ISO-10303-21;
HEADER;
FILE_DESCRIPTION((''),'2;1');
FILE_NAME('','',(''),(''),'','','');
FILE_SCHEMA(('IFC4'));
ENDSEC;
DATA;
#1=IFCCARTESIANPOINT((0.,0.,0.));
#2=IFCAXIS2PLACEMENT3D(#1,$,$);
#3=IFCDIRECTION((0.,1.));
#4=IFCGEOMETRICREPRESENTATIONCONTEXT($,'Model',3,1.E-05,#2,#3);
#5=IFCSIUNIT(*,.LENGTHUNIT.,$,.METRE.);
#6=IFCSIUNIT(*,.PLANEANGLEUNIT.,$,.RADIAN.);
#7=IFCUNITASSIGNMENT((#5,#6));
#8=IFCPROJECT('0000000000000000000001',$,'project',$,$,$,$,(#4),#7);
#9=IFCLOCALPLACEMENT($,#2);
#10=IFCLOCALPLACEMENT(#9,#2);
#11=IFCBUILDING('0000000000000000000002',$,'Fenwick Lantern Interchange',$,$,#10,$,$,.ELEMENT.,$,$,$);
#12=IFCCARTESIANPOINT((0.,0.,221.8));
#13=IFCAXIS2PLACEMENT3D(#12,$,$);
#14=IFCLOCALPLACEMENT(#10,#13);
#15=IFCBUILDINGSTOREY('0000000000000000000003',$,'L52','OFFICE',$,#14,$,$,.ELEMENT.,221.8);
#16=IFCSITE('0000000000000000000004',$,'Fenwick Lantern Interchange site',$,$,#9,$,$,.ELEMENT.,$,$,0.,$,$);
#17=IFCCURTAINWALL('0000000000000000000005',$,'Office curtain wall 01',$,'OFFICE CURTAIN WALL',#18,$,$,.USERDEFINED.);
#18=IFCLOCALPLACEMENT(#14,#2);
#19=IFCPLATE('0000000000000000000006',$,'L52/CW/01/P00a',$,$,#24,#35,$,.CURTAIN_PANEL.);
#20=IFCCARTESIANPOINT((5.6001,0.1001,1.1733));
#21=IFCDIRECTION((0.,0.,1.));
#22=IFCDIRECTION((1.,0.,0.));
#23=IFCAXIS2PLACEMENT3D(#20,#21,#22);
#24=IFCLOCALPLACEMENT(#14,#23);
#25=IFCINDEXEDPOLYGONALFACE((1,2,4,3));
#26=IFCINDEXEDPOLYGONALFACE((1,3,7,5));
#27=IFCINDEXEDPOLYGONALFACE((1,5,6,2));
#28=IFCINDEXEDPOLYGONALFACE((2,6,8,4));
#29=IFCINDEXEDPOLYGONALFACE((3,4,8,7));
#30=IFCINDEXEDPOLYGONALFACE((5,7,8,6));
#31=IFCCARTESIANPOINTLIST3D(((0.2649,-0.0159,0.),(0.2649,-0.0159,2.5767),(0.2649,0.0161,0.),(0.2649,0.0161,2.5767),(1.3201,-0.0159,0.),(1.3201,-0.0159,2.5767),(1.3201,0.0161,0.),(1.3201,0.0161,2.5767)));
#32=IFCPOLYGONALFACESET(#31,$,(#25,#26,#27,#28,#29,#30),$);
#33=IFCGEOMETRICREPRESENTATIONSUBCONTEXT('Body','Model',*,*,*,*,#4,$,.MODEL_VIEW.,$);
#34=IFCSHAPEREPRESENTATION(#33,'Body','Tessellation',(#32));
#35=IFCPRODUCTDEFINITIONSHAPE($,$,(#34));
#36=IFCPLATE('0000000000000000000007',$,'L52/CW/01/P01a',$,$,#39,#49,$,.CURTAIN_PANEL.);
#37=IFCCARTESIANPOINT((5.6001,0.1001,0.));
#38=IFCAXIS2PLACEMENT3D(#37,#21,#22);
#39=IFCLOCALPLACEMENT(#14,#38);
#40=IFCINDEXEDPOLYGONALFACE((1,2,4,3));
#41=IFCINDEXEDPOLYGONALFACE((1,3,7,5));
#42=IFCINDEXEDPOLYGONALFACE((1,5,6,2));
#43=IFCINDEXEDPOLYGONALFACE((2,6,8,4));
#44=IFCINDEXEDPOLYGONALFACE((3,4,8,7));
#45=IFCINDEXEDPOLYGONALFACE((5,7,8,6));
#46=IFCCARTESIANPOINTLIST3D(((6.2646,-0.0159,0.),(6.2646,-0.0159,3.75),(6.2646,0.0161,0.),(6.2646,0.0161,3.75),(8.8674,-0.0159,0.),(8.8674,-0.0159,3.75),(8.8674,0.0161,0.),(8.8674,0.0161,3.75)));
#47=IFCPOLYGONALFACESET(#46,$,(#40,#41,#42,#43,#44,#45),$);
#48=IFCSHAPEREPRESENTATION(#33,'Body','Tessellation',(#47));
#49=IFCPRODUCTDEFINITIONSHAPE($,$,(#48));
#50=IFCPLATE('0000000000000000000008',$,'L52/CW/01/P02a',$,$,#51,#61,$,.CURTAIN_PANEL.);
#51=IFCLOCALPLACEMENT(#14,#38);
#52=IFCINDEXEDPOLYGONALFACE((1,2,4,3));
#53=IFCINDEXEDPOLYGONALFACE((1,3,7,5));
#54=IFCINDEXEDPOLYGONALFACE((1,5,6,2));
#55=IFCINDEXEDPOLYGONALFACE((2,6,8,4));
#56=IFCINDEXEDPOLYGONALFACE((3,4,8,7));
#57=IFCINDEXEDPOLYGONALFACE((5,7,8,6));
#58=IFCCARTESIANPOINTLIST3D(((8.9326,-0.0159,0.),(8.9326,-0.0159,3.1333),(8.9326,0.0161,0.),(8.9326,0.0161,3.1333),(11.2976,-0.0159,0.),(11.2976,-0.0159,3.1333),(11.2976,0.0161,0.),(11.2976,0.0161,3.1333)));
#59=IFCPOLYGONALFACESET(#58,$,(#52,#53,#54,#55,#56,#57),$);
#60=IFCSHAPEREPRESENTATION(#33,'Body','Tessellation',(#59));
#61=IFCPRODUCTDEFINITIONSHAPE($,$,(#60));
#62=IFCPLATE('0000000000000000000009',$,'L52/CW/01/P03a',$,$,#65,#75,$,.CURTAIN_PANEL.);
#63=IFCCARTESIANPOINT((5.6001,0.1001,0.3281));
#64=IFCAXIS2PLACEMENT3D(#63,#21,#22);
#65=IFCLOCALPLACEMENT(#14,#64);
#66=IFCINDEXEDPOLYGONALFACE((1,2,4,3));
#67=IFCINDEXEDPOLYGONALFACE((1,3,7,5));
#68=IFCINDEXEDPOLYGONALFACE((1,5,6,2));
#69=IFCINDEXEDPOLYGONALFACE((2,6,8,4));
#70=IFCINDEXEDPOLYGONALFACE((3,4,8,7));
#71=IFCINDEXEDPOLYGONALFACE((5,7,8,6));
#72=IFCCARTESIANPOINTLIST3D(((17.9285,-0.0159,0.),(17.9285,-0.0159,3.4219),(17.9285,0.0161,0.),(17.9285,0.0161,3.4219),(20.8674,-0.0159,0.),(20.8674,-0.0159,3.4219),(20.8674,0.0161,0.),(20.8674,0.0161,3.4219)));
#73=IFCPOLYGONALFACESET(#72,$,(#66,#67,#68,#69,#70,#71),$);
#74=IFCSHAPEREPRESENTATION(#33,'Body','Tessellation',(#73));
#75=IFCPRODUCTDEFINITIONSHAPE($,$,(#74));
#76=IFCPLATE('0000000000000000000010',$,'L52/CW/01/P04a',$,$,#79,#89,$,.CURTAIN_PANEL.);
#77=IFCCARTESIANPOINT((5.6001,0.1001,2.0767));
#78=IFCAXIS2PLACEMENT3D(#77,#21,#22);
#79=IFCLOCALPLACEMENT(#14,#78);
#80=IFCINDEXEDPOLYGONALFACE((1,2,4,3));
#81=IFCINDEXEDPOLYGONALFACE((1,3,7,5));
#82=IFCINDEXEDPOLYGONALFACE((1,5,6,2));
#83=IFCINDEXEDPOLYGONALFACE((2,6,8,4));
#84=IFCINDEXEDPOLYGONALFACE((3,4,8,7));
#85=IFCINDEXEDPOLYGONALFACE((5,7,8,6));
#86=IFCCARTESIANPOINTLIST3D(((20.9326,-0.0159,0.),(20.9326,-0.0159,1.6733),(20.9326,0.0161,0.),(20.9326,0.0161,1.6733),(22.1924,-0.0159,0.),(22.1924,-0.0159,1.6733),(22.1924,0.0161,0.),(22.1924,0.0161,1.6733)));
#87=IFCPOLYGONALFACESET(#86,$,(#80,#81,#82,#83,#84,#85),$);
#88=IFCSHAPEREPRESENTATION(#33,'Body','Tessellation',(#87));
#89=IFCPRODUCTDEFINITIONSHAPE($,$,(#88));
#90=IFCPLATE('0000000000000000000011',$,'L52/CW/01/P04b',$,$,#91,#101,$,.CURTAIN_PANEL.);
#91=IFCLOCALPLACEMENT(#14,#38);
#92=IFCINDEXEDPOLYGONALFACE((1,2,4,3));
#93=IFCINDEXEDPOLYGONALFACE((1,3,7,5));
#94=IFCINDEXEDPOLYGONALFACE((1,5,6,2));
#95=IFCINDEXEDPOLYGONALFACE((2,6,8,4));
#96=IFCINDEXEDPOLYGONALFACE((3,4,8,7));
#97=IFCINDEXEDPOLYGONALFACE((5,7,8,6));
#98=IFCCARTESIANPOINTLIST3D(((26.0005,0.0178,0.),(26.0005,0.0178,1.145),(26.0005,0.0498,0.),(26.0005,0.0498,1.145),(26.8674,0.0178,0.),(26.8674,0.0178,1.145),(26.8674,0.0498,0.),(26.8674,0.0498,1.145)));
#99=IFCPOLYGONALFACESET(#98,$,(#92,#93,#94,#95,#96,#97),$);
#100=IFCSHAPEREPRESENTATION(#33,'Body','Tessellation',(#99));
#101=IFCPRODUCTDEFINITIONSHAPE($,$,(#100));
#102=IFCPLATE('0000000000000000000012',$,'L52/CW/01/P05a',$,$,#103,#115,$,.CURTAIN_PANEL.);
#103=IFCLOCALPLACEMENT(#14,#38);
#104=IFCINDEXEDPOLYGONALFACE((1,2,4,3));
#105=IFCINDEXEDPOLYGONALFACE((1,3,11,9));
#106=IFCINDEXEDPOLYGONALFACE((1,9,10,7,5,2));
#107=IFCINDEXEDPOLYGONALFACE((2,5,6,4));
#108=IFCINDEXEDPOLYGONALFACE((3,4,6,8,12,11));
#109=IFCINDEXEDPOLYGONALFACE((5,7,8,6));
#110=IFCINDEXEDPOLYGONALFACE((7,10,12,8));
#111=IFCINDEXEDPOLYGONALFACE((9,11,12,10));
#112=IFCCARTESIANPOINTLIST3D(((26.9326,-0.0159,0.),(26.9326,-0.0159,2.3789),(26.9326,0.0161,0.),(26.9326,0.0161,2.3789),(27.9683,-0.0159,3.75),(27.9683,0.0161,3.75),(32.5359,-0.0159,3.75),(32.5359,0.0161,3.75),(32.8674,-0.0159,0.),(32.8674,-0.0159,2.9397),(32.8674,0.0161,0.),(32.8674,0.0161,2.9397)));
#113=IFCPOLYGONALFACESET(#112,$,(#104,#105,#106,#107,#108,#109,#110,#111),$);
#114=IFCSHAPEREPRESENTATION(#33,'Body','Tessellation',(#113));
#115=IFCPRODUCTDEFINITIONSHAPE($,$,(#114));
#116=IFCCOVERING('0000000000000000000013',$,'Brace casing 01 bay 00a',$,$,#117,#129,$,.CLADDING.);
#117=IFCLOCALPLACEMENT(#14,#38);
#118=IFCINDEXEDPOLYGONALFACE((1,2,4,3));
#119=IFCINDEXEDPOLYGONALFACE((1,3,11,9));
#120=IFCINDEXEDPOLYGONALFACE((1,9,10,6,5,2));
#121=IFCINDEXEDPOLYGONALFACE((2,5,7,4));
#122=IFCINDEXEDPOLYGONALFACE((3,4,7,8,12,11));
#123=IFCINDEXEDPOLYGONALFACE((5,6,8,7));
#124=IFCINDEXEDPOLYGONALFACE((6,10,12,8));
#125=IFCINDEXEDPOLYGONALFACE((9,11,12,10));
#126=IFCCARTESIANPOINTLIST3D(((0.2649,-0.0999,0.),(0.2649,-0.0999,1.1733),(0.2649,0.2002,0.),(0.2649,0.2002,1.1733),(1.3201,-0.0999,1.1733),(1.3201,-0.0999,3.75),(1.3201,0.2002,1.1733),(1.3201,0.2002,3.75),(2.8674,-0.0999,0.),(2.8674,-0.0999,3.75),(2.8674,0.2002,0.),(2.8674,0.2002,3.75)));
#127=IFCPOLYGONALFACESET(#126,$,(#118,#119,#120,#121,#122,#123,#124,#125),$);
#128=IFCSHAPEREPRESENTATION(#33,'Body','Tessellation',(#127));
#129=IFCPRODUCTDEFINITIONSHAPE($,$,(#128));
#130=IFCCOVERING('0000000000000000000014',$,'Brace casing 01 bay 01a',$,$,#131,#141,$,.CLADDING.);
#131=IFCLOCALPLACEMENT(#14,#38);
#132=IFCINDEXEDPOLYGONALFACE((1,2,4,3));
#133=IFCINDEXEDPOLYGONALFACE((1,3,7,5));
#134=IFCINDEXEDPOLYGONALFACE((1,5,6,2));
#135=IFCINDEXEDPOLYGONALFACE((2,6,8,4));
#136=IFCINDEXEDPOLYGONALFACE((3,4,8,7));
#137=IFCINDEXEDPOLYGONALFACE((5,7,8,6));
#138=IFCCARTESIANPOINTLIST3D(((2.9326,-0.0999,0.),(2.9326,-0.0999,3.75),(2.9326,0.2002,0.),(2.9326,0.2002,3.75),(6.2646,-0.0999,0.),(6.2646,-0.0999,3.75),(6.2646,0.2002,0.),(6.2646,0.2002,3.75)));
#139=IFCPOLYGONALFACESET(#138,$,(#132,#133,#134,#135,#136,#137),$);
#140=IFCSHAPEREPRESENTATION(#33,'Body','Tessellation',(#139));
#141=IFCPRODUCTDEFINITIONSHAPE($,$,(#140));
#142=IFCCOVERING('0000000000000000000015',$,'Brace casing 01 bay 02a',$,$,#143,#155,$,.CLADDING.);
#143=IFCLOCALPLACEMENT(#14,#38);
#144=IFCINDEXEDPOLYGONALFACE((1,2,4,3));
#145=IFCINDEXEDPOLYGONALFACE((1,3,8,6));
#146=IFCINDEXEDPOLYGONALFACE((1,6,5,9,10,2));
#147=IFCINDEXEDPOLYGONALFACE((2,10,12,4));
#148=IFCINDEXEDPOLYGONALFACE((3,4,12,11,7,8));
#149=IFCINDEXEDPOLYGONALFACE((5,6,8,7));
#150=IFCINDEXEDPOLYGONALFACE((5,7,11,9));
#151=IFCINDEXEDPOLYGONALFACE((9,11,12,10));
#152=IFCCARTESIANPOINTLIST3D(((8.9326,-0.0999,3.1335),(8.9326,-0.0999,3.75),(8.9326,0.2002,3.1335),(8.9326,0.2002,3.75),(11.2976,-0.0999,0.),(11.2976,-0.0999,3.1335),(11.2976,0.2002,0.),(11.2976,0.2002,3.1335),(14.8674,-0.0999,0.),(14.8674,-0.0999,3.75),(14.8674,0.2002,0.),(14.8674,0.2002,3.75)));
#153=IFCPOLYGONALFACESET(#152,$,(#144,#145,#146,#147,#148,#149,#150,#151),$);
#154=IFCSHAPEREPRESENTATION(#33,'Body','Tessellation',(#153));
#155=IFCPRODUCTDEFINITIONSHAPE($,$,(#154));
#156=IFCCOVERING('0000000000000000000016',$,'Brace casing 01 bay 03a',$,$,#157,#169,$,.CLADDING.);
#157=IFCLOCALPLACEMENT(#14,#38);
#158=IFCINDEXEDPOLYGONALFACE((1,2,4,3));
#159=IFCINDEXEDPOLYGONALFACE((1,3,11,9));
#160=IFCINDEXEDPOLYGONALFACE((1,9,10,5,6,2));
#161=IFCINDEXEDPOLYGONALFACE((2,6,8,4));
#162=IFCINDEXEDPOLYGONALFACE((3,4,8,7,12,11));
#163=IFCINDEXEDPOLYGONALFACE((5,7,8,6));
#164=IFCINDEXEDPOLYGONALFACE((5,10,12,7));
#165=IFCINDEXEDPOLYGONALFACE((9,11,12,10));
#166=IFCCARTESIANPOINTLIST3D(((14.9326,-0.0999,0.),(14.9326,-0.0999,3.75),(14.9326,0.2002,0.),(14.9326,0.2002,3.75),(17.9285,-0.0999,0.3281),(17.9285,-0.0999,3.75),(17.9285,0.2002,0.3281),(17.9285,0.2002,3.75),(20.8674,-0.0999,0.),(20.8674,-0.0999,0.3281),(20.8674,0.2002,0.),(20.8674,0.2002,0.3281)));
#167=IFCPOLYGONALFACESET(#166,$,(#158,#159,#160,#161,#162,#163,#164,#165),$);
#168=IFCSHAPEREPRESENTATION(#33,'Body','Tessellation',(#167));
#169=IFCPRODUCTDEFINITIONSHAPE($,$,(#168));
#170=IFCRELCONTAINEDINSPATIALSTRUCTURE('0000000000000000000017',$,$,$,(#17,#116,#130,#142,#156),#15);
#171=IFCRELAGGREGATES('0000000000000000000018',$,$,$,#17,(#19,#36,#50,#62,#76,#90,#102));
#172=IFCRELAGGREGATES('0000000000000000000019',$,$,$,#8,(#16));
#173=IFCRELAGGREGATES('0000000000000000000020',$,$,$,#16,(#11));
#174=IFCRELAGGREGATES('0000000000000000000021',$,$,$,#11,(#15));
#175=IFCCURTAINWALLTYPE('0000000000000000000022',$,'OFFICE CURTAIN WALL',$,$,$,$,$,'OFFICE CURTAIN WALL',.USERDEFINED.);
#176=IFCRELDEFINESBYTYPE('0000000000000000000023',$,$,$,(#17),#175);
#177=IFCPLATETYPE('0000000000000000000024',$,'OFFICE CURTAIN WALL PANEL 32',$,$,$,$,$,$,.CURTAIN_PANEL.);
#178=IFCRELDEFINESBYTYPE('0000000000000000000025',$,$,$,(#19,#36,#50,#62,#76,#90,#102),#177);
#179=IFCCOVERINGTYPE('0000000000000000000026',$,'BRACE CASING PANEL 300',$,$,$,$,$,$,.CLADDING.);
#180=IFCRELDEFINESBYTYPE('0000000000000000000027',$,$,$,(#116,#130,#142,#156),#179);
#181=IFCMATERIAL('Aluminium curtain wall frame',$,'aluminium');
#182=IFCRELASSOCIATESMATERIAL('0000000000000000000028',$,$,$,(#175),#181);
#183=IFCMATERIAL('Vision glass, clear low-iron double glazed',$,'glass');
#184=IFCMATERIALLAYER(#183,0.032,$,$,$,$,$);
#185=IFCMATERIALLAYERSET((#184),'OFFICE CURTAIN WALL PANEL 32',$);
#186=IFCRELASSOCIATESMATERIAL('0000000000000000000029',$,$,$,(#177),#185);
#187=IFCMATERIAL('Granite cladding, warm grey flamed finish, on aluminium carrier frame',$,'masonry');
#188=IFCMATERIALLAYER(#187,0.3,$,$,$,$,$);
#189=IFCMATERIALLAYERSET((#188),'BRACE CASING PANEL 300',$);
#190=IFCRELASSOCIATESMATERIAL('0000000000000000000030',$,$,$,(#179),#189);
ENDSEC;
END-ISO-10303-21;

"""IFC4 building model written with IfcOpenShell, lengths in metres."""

from ifc_helpers import new_model, si_unit, direction, frame, origin, place, context, subcontext, project, spatial, polyline, outline, extrude, material, layer, layer_set, type_object, element, aggregate, save


model = new_model("IFC4")

# Units and contexts
model_context = context("Model", 3, precision=1e-05, world=origin(), true_north=direction((0.0, 1.0)))
body_context = subcontext(model_context, "Body", "Model", "MODEL_VIEW")
ifc_project = project(units=[si_unit("LENGTHUNIT", "METRE"), si_unit("PLANEANGLEUNIT", "RADIAN")], contexts=[model_context])

# Site, building, storey
site_placement = place(None, origin())
site = spatial("IfcSite", under=ifc_project, at=site_placement, Name="Fenwick Lantern Interchange site", CompositionType="ELEMENT", RefElevation=0.0)
building_placement = place(site_placement, origin())
building = spatial("IfcBuilding", under=site, at=building_placement, Name="Fenwick Lantern Interchange", CompositionType="ELEMENT")
storey_placement = place(building_placement, frame((0.0, 0.0, 221.8)))
storey = spatial("IfcBuildingStorey", under=building, at=storey_placement, Name="L52", Description="OFFICE", CompositionType="ELEMENT", Elevation=221.8)

# Shared definitions
ifc_material_1 = material(Name="Aluminium curtain wall frame", Category="aluminium")
curtain_wall_type = type_object("IfcCurtainWallType", Name="OFFICE CURTAIN WALL", ElementType="OFFICE CURTAIN WALL", PredefinedType="USERDEFINED", material=ifc_material_1)

# Curtain wall, plates
curtain_wall_1_placement = place(storey_placement, origin())
curtain_wall_1 = element("IfcCurtainWall", 1, at=curtain_wall_1_placement, inside=storey, type_object=curtain_wall_type, Name="Office curtain wall 01", ObjectType="OFFICE CURTAIN WALL", PredefinedType="USERDEFINED")
ifc_material_2 = material(Name="Vision glass, clear low-iron double glazed", Category="glass")
ifc_layer_1 = layer(ifc_material_2, 0.032)
ifc_layer_set_1 = layer_set([ifc_layer_1], Name="OFFICE CURTAIN WALL PANEL 32")
plate_type = type_object("IfcPlateType", Name="OFFICE CURTAIN WALL PANEL 32", PredefinedType="CURTAIN_PANEL", material=ifc_layer_set_1)
plate_1_placement = place(storey_placement, frame((5.6001, 0.1001, 1.1733), z_axis=(0.0, 0.0, 1.0), x_axis=(1.0, 0.0, 0.0)))
plate_1 = element("IfcPlate", 2, at=plate_1_placement, type_object=plate_type, Name="L52/CW/01/P00a", PredefinedType="CURTAIN_PANEL", context=body_context, shape_type="SweptSolid", body=[
    extrude(outline(polyline([(0.2649, 0.0), (1.3201, 0.0), (1.3201, 2.5767), (0.2649, 2.5767), (0.2649, 0.0)])), frame((0.0, 0.0161, 0.0), z_axis=(0.0, -1.0, 0.0), x_axis=(1.0, 0.0, 0.0)), (0.0, 0.0, 1.0), 0.032),
])
plate_2_placement = place(storey_placement, frame((5.6001, 0.1001, 0.0), z_axis=(0.0, 0.0, 1.0), x_axis=(1.0, 0.0, 0.0)))
plate_2 = element("IfcPlate", 3, at=plate_2_placement, type_object=plate_type, Name="L52/CW/01/P01a", PredefinedType="CURTAIN_PANEL", context=body_context, shape_type="SweptSolid", body=[
    extrude(outline(polyline([(6.2646, 0.0), (8.8674, 0.0), (8.8674, 3.75), (6.2646, 3.75), (6.2646, 0.0)])), frame((0.0, 0.0161, 0.0), z_axis=(0.0, -1.0, 0.0), x_axis=(1.0, 0.0, 0.0)), (0.0, 0.0, 1.0), 0.032),
])
plate_3_placement = place(storey_placement, frame((5.6001, 0.1001, 0.0), z_axis=(0.0, 0.0, 1.0), x_axis=(1.0, 0.0, 0.0)))
plate_3 = element("IfcPlate", 4, at=plate_3_placement, type_object=plate_type, Name="L52/CW/01/P02a", PredefinedType="CURTAIN_PANEL", context=body_context, shape_type="SweptSolid", body=[
    extrude(outline(polyline([(8.9326, 0.0), (11.2976, 0.0), (11.2976, 3.1333), (8.9326, 3.1333), (8.9326, 0.0)])), frame((0.0, 0.0161, 0.0), z_axis=(0.0, -1.0, 0.0), x_axis=(1.0, 0.0, 0.0)), (0.0, 0.0, 1.0), 0.032),
])
plate_4_placement = place(storey_placement, frame((5.6001, 0.1001, 0.3281), z_axis=(0.0, 0.0, 1.0), x_axis=(1.0, 0.0, 0.0)))
plate_4 = element("IfcPlate", 5, at=plate_4_placement, type_object=plate_type, Name="L52/CW/01/P03a", PredefinedType="CURTAIN_PANEL", context=body_context, shape_type="SweptSolid", body=[
    extrude(outline(polyline([(17.9285, 0.0), (20.8674, 0.0), (20.8674, 3.4219), (17.9285, 3.4219), (17.9285, 0.0)])), frame((0.0, 0.0161, 0.0), z_axis=(0.0, -1.0, 0.0), x_axis=(1.0, 0.0, 0.0)), (0.0, 0.0, 1.0), 0.032),
])
plate_5_placement = place(storey_placement, frame((5.6001, 0.1001, 2.0767), z_axis=(0.0, 0.0, 1.0), x_axis=(1.0, 0.0, 0.0)))
plate_5 = element("IfcPlate", 6, at=plate_5_placement, type_object=plate_type, Name="L52/CW/01/P04a", PredefinedType="CURTAIN_PANEL", context=body_context, shape_type="SweptSolid", body=[
    extrude(outline(polyline([(20.9326, 0.0), (22.1924, 0.0), (22.1924, 1.6733), (20.9326, 1.6733), (20.9326, 0.0)])), frame((0.0, 0.0161, 0.0), z_axis=(0.0, -1.0, 0.0), x_axis=(1.0, 0.0, 0.0)), (0.0, 0.0, 1.0), 0.032),
])
plate_6_placement = place(storey_placement, frame((5.6001, 0.1001, 0.0), z_axis=(0.0, 0.0, 1.0), x_axis=(1.0, 0.0, 0.0)))
plate_6 = element("IfcPlate", 7, at=plate_6_placement, type_object=plate_type, Name="L52/CW/01/P04b", PredefinedType="CURTAIN_PANEL", context=body_context, shape_type="SweptSolid", body=[
    extrude(outline(polyline([(26.0005, 0.0), (26.8674, 0.0), (26.8674, 1.145), (26.0005, 1.145), (26.0005, 0.0)])), frame((0.0, 0.0498, 0.0), z_axis=(0.0, -1.0, 0.0), x_axis=(1.0, 0.0, 0.0)), (0.0, 0.0, 1.0), 0.032),
])
plate_7_placement = place(storey_placement, frame((5.6001, 0.1001, 0.0), z_axis=(0.0, 0.0, 1.0), x_axis=(1.0, 0.0, 0.0)))
plate_7 = element("IfcPlate", 8, at=plate_7_placement, type_object=plate_type, Name="L52/CW/01/P05a", PredefinedType="CURTAIN_PANEL", context=body_context, shape_type="SweptSolid", body=[
    extrude(outline(polyline([(26.9326, 0.0), (32.8674, 0.0), (32.8674, 2.9397), (32.5359, 3.75), (27.9683, 3.75), (26.9326, 2.3789), (26.9326, 0.0)])), frame((0.0, 0.0161, 0.0), z_axis=(0.0, -1.0, 0.0), x_axis=(1.0, 0.0, 0.0)), (0.0, 0.0, 1.0), 0.032),
])
aggregate(curtain_wall_1, [plate_1, plate_2, plate_3, plate_4, plate_5, plate_6, plate_7])

# Coverings
ifc_material_3 = material(Name="Granite cladding, warm grey flamed finish, on aluminium carrier frame", Category="masonry")
ifc_layer_2 = layer(ifc_material_3, 0.3)
ifc_layer_set_2 = layer_set([ifc_layer_2], Name="BRACE CASING PANEL 300")
covering_type_1 = type_object("IfcCoveringType", Name="BRACE CASING PANEL 300", PredefinedType="CLADDING", material=ifc_layer_set_2)
covering_1_placement = place(storey_placement, frame((5.6001, 0.1001, 0.0), z_axis=(0.0, 0.0, 1.0), x_axis=(1.0, 0.0, 0.0)))
element("IfcCovering", 9, at=covering_1_placement, inside=storey, type_object=covering_type_1, Name="Brace casing 01 bay 00a", PredefinedType="CLADDING", context=body_context, shape_type="SweptSolid", body=[
    extrude(outline(polyline([(0.2649, 0.0), (2.8674, 0.0), (2.8674, 3.75), (1.3201, 3.75), (1.3201, 1.1733), (0.2649, 1.1733), (0.2649, 0.0)])), frame((0.0, 0.2002, 0.0), z_axis=(0.0, -1.0, 0.0), x_axis=(1.0, 0.0, 0.0)), (0.0, 0.0, 1.0), 0.3),
])
covering_2_placement = place(storey_placement, frame((5.6001, 0.1001, 0.0), z_axis=(0.0, 0.0, 1.0), x_axis=(1.0, 0.0, 0.0)))
element("IfcCovering", 10, at=covering_2_placement, inside=storey, type_object=covering_type_1, Name="Brace casing 01 bay 01a", PredefinedType="CLADDING", context=body_context, shape_type="SweptSolid", body=[
    extrude(outline(polyline([(2.9326, 0.0), (6.2646, 0.0), (6.2646, 3.75), (2.9326, 3.75), (2.9326, 0.0)])), frame((0.0, 0.2002, 0.0), z_axis=(0.0, -1.0, 0.0), x_axis=(1.0, 0.0, 0.0)), (0.0, 0.0, 1.0), 0.3),
])
covering_3_placement = place(storey_placement, frame((5.6001, 0.1001, 0.0), z_axis=(0.0, 0.0, 1.0), x_axis=(1.0, 0.0, 0.0)))
element("IfcCovering", 11, at=covering_3_placement, inside=storey, type_object=covering_type_1, Name="Brace casing 01 bay 02a", PredefinedType="CLADDING", context=body_context, shape_type="SweptSolid", body=[
    extrude(outline(polyline([(11.2976, 0.0), (14.8674, 0.0), (14.8674, 3.75), (8.9326, 3.75), (8.9326, 3.1335), (11.2976, 3.1335), (11.2976, 0.0)])), frame((0.0, 0.2002, 0.0), z_axis=(0.0, -1.0, 0.0), x_axis=(1.0, 0.0, 0.0)), (0.0, 0.0, 1.0), 0.3),
])
covering_4_placement = place(storey_placement, frame((5.6001, 0.1001, 0.0), z_axis=(0.0, 0.0, 1.0), x_axis=(1.0, 0.0, 0.0)))
element("IfcCovering", 12, at=covering_4_placement, inside=storey, type_object=covering_type_1, Name="Brace casing 01 bay 03a", PredefinedType="CLADDING", context=body_context, shape_type="SweptSolid", body=[
    extrude(outline(polyline([(14.9326, 0.0), (20.8674, 0.0), (20.8674, 0.3281), (17.9285, 0.3281), (17.9285, 3.75), (14.9326, 3.75), (14.9326, 0.0)])), frame((0.0, 0.2002, 0.0), z_axis=(0.0, -1.0, 0.0), x_axis=(1.0, 0.0, 0.0)), (0.0, 0.0, 1.0), 0.3),
])

save(model, "model.ifc")
